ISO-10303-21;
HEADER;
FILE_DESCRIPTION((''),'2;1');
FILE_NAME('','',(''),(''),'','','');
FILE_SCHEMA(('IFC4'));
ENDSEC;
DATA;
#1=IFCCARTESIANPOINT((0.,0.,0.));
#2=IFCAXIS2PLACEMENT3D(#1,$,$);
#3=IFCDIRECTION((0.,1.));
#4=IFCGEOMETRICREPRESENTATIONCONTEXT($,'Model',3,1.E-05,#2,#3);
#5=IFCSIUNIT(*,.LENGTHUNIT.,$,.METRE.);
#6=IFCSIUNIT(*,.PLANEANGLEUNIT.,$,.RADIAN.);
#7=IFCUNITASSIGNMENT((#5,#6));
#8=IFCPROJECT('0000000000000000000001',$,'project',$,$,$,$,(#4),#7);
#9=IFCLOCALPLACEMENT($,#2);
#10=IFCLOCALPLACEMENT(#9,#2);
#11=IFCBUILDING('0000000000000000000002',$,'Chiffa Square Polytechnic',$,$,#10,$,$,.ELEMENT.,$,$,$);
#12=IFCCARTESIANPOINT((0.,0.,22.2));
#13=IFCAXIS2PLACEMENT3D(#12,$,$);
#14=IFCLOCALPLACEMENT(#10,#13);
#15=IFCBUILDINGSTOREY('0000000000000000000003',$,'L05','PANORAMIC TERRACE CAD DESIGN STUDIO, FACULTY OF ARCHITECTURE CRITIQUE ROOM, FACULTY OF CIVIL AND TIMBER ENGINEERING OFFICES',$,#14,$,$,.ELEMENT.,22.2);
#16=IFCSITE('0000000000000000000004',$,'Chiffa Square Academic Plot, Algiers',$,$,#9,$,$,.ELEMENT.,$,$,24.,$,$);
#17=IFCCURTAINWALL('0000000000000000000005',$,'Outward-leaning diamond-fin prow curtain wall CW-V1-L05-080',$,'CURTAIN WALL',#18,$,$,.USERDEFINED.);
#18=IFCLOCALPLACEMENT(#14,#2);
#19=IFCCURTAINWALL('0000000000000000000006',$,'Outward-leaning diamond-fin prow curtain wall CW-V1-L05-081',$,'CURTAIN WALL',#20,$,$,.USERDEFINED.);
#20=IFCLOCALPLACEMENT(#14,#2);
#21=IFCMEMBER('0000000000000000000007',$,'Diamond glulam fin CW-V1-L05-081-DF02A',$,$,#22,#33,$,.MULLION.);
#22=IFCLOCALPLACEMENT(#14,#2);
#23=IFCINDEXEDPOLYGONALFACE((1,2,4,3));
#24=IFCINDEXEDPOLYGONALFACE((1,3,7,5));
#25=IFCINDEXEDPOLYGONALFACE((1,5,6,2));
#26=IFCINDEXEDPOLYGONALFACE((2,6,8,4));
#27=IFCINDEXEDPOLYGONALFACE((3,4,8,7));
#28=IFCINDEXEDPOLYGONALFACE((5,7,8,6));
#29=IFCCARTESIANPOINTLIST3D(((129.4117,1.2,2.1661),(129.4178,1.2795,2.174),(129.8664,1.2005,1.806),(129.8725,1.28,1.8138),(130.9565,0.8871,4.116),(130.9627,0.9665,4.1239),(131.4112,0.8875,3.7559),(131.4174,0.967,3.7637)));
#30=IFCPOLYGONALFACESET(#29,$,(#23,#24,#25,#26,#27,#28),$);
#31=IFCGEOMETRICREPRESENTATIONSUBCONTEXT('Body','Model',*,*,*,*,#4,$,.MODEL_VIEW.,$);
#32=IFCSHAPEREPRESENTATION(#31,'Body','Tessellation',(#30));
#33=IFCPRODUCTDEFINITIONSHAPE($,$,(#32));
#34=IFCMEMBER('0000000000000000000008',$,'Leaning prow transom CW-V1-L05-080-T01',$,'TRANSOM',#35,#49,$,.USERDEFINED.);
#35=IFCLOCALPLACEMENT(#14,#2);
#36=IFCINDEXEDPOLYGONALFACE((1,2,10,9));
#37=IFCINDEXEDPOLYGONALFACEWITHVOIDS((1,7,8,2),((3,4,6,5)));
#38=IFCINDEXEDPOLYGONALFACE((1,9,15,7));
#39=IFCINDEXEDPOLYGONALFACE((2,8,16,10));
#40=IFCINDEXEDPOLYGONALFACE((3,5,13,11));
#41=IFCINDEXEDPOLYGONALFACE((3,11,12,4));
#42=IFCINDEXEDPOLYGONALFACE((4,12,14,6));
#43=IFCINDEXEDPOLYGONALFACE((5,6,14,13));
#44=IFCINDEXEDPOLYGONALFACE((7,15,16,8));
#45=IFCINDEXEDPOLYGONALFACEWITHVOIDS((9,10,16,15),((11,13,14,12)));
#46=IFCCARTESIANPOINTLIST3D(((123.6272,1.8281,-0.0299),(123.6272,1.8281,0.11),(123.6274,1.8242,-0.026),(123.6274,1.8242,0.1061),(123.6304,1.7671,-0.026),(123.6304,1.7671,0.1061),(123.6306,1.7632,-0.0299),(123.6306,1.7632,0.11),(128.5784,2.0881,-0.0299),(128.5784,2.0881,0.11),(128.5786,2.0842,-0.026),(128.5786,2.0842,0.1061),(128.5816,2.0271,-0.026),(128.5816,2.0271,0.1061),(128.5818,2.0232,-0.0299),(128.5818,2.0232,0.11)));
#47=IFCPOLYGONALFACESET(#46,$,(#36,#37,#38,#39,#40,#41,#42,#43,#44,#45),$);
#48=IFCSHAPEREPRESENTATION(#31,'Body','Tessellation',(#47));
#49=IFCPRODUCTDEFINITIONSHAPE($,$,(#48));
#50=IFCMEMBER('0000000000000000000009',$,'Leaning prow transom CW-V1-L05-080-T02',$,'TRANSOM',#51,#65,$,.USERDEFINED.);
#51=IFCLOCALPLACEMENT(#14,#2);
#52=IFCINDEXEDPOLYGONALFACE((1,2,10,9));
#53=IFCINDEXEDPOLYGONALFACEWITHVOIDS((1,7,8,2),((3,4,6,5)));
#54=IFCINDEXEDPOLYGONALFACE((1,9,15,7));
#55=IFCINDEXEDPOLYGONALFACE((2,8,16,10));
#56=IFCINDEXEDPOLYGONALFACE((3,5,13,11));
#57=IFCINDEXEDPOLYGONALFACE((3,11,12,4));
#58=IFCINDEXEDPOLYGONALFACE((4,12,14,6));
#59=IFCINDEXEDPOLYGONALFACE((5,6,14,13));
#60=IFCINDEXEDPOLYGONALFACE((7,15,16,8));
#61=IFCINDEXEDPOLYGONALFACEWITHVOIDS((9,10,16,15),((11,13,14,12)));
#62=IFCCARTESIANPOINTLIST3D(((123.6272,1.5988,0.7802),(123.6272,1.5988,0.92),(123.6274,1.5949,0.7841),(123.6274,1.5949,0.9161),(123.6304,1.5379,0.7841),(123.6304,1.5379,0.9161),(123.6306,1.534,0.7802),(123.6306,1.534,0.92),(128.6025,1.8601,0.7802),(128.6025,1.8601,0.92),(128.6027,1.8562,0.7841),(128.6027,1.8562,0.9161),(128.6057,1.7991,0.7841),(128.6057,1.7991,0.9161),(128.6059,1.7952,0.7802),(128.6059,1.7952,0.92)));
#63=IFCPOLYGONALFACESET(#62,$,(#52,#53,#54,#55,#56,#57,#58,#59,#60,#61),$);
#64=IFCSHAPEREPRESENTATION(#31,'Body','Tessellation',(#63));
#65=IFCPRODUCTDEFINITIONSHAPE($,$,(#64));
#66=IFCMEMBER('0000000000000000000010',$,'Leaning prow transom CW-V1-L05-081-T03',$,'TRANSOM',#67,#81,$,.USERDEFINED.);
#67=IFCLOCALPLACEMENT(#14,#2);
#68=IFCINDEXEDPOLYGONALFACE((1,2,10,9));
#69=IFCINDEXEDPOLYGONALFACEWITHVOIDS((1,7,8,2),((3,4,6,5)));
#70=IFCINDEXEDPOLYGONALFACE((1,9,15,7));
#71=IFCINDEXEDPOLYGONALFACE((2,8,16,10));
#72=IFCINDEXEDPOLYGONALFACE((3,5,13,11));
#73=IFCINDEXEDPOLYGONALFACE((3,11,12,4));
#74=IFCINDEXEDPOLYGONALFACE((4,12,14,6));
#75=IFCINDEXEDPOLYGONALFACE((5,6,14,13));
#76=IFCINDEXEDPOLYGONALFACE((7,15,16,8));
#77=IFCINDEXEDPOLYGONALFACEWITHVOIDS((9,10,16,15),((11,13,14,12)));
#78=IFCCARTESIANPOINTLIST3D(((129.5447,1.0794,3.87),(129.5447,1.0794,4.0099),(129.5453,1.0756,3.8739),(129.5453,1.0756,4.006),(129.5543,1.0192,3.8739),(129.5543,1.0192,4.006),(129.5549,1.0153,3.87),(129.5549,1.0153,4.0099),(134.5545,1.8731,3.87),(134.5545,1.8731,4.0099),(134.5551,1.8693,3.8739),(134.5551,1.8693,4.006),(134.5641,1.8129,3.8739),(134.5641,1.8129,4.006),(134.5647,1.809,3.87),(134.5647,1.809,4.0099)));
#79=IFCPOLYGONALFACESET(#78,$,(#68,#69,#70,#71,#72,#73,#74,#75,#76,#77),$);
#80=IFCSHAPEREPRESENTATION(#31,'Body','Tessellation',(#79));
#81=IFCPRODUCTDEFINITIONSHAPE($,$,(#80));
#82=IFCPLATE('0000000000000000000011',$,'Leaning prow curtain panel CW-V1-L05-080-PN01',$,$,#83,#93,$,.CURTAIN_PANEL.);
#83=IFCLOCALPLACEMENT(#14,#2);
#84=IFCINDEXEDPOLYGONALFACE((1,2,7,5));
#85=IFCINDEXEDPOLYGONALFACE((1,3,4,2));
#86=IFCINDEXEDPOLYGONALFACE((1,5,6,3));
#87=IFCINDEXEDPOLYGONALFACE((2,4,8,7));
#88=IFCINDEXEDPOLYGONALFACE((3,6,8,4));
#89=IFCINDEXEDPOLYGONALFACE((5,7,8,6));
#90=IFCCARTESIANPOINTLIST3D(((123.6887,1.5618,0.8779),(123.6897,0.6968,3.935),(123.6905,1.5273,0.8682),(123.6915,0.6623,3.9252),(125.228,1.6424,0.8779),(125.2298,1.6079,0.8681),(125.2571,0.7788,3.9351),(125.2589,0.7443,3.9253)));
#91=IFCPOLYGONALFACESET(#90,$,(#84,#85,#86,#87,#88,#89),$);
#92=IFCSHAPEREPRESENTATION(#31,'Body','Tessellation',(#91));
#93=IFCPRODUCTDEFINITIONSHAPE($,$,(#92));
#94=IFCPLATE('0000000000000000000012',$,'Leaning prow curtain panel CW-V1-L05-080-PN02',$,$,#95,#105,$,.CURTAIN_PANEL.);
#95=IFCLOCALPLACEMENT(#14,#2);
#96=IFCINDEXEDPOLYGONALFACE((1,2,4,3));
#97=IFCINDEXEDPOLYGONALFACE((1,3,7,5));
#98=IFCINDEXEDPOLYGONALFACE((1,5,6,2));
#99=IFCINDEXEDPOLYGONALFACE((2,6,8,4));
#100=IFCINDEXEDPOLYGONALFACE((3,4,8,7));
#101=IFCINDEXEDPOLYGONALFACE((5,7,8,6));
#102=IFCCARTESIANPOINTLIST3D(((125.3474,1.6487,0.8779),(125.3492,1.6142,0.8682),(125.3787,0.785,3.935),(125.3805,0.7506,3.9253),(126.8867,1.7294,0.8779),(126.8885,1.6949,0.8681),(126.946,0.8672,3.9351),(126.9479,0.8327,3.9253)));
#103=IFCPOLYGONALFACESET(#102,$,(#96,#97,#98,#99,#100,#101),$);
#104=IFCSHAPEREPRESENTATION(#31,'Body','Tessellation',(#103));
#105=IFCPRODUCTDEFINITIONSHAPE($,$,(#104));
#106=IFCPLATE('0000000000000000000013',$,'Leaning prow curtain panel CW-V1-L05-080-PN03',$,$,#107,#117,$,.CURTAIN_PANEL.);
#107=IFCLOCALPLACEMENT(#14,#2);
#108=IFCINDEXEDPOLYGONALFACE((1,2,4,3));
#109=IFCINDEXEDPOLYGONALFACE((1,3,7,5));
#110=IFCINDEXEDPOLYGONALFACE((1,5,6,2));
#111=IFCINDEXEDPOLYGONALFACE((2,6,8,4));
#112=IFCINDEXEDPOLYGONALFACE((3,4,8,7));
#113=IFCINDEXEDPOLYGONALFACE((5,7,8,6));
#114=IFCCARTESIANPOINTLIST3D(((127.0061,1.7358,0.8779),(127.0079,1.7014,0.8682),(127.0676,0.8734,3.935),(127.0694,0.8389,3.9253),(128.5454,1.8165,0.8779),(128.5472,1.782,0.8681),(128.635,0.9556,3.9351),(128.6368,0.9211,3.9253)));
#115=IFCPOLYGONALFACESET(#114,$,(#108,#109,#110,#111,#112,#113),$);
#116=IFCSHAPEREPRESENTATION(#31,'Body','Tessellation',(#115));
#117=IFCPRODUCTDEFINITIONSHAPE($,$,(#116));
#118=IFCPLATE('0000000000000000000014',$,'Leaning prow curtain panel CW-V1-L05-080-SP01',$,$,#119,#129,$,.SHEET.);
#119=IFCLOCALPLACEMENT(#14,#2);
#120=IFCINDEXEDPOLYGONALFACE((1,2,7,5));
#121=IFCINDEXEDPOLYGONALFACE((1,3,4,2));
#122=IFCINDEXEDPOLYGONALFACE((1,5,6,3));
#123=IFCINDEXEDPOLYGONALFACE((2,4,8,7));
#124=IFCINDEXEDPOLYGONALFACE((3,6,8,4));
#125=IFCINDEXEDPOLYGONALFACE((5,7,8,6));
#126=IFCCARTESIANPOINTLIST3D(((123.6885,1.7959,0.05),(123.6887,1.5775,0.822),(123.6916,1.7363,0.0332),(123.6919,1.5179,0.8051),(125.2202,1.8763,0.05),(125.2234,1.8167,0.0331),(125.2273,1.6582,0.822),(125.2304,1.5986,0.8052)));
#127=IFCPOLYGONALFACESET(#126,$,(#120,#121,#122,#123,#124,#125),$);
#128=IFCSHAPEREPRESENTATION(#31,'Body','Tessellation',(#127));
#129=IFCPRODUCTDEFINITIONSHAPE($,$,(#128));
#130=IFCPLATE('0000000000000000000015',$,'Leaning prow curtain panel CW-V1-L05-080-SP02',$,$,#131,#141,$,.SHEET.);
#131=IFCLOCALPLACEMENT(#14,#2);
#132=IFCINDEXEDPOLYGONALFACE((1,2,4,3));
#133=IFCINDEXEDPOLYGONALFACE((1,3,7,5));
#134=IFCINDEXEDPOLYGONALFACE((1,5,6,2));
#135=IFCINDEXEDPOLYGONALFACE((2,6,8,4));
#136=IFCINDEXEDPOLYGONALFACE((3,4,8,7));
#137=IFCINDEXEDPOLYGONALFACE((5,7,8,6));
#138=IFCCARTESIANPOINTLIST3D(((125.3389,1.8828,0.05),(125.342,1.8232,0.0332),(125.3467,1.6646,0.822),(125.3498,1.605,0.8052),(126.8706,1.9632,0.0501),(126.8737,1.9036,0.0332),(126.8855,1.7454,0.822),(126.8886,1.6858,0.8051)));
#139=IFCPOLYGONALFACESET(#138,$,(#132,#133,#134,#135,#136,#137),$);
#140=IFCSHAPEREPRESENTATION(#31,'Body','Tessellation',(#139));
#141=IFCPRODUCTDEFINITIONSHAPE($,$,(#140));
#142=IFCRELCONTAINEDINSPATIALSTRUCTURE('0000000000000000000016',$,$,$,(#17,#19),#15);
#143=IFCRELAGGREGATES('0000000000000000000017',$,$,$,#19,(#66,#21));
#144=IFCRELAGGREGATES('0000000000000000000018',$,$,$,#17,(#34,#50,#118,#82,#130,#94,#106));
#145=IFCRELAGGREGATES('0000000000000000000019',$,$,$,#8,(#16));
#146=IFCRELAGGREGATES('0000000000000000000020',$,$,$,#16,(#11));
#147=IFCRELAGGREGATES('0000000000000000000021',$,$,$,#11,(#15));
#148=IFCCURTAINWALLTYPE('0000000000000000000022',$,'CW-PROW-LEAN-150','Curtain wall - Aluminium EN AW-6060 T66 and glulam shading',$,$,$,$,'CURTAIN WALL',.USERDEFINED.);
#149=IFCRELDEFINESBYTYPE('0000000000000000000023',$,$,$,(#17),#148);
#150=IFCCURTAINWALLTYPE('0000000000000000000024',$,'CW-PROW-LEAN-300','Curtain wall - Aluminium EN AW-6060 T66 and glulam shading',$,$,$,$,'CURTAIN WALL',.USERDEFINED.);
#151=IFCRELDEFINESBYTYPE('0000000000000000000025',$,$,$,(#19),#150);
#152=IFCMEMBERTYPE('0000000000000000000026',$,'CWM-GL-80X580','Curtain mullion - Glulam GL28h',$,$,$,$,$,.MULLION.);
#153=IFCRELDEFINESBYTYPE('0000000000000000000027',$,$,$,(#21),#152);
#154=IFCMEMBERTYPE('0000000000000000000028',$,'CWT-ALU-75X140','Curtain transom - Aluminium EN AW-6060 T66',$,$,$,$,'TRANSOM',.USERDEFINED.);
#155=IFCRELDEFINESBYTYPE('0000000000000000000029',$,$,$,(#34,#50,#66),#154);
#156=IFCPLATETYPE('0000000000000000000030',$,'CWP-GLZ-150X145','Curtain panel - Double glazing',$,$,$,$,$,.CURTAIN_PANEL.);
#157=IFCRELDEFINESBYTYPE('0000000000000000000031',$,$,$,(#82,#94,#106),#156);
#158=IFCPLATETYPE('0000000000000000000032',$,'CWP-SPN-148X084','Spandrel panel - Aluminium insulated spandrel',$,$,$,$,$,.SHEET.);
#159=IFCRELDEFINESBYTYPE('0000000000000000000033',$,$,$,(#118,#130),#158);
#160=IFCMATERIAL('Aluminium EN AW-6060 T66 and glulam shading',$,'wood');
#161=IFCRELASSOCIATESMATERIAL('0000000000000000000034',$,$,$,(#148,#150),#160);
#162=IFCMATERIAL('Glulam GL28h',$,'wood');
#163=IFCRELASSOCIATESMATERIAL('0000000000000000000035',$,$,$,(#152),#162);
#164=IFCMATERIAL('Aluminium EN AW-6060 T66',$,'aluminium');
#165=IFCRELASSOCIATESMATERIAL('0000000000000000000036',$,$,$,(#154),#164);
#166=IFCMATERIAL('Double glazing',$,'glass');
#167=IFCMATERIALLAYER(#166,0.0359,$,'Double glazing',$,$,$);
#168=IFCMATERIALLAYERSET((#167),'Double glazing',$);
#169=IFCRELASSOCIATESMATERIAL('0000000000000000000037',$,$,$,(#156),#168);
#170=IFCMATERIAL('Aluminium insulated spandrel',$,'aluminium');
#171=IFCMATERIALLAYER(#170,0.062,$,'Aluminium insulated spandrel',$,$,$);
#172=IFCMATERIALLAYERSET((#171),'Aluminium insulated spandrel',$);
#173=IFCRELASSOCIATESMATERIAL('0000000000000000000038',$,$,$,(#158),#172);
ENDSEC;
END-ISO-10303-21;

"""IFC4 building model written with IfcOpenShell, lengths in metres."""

from ifc_helpers import new_model, si_unit, direction, frame, origin, origin_2d, place, context, subcontext, project, spatial, polyline, rectangle, hollow_rectangle, outline, extrude, material, layer, layer_set, material_profile, profile_set, type_object, element, aggregate, save


model = new_model("IFC4")

# Units and contexts
model_context = context("Model", 3, precision=1e-05, world=origin(), true_north=direction((0.0, 1.0)))
body_context = subcontext(model_context, "Body", "Model", "MODEL_VIEW")
ifc_project = project(units=[si_unit("LENGTHUNIT", "METRE"), si_unit("PLANEANGLEUNIT", "RADIAN")], contexts=[model_context])

# Site, building, storey
site_placement = place(None, origin())
site = spatial("IfcSite", under=ifc_project, at=site_placement, Name="Chiffa Square Academic Plot, Algiers", CompositionType="ELEMENT", RefElevation=24.0)
building_placement = place(site_placement, origin())
building = spatial("IfcBuilding", under=site, at=building_placement, Name="Chiffa Square Polytechnic", CompositionType="ELEMENT")
storey_placement = place(building_placement, frame((0.0, 0.0, 22.2)))
storey = spatial("IfcBuildingStorey", under=building, at=storey_placement, Name="L05", Description="PANORAMIC TERRACE CAD DESIGN STUDIO, FACULTY OF ARCHITECTURE CRITIQUE ROOM, FACULTY OF CIVIL AND TIMBER ENGINEERING OFFICES", CompositionType="ELEMENT", Elevation=22.2)

# Curtain walls, member
ifc_material_1 = material(Name="Aluminium EN AW-6060 T66 and glulam shading", Category="wood")
curtain_wall_type_1 = type_object("IfcCurtainWallType", Name="CW-PROW-LEAN-150", Description="Curtain wall - Aluminium EN AW-6060 T66 and glulam shading", ElementType="CURTAIN WALL", PredefinedType="USERDEFINED", material=ifc_material_1)
curtain_wall_1_placement = place(storey_placement, origin())
curtain_wall_1 = element("IfcCurtainWall", 1, at=curtain_wall_1_placement, inside=storey, type_object=curtain_wall_type_1, Name="Outward-leaning diamond-fin prow curtain wall CW-V1-L05-080", ObjectType="CURTAIN WALL", PredefinedType="USERDEFINED")
ifc_material_2 = material(Name="Aluminium EN AW-6060 T66", Category="aluminium")
ifc_material_3 = material(Name="Glulam GL28h", Category="wood")
ifc_material_profile_1 = material_profile(ifc_material_3, rectangle(XDim=0.0801, YDim=0.5801, at=origin_2d()), Name="GL28h 80x580")
ifc_profile_set_1 = profile_set([ifc_material_profile_1], Name="Glulam GL28h")
member_type_1 = type_object("IfcMemberType", Name="CWM-GL-80X580", Description="Curtain mullion - Glulam GL28h", PredefinedType="MULLION", material=ifc_profile_set_1)
curtain_wall_type_2 = type_object("IfcCurtainWallType", Name="CW-PROW-LEAN-300", Description="Curtain wall - Aluminium EN AW-6060 T66 and glulam shading", ElementType="CURTAIN WALL", PredefinedType="USERDEFINED", material=ifc_material_1)
curtain_wall_2_placement = place(storey_placement, origin())
curtain_wall_2 = element("IfcCurtainWall", 2, at=curtain_wall_2_placement, inside=storey, type_object=curtain_wall_type_2, Name="Outward-leaning diamond-fin prow curtain wall CW-V1-L05-081", ObjectType="CURTAIN WALL", PredefinedType="USERDEFINED")
member_1_placement = place(storey_placement, frame((129.6421, 1.24, 1.99), z_axis=(0.616145, -0.124826, 0.777679), x_axis=(0.07688, 0.992178, 0.098344)))
member_1 = element("IfcMember", 3, at=member_1_placement, type_object=member_type_1, Name="Diamond glulam fin CW-V1-L05-081-DF02A", PredefinedType="MULLION", context=body_context, shape_type="SweptSolid", body=[
    extrude(rectangle(XDim=0.0801, YDim=0.5801, at=origin_2d()), origin(), (0.0, 0.0, 1.0), 2.5073),
])

# Members
ifc_material_profile_2 = material_profile(ifc_material_2, hollow_rectangle(XDim=0.0649, YDim=0.1399, WallThickness=0.0039, at=origin_2d()), Name="ALU 65x140x4")
ifc_profile_set_2 = profile_set([ifc_material_profile_2], Name="Aluminium EN AW-6060 T66")
member_type_2 = type_object("IfcMemberType", Name="CWT-ALU-75X140", Description="Curtain transom - Aluminium EN AW-6060 T66", ElementType="TRANSOM", PredefinedType="USERDEFINED", material=ifc_profile_set_2)
member_2_placement = place(storey_placement, frame((123.6289, 1.7957, 0.04), z_axis=(0.998624, 0.052443, 0.0), x_axis=(-0.052443, 0.998624, 0.0)))
member_2 = element("IfcMember", 4, at=member_2_placement, type_object=member_type_2, Name="Leaning prow transom CW-V1-L05-080-T01", ObjectType="TRANSOM", PredefinedType="USERDEFINED", context=body_context, shape_type="SweptSolid", body=[
    extrude(hollow_rectangle(XDim=0.0649, YDim=0.1399, WallThickness=0.0039, at=origin_2d()), origin(), (0.0, 0.0, 1.0), 4.958),
])
member_3_placement = place(storey_placement, frame((123.6289, 1.5664, 0.8501), z_axis=(0.998624, 0.052433, 0.0), x_axis=(-0.052433, 0.998624, 0.0)))
member_3 = element("IfcMember", 5, at=member_3_placement, type_object=member_type_2, Name="Leaning prow transom CW-V1-L05-080-T02", ObjectType="TRANSOM", PredefinedType="USERDEFINED", context=body_context, shape_type="SweptSolid", body=[
    extrude(hollow_rectangle(XDim=0.0649, YDim=0.1399, WallThickness=0.0039, at=origin_2d()), origin(), (0.0, 0.0, 1.0), 4.9822),
])
member_4_placement = place(storey_placement, frame((129.5498, 1.0474, 3.9399), z_axis=(0.987681, 0.156479, 0.0), x_axis=(-0.156479, 0.987681, 0.0)))
member_4 = element("IfcMember", 6, at=member_4_placement, type_object=member_type_2, Name="Leaning prow transom CW-V1-L05-081-T03", ObjectType="TRANSOM", PredefinedType="USERDEFINED", context=body_context, shape_type="SweptSolid", body=[
    extrude(hollow_rectangle(XDim=0.0649, YDim=0.1399, WallThickness=0.0039, at=origin_2d()), origin(), (0.0, 0.0, 1.0), 5.0723),
])
aggregate(curtain_wall_2, [member_4, member_1])

# Plates
ifc_material_4 = material(Name="Double glazing", Category="glass")
ifc_layer_1 = layer(ifc_material_4, 0.0359, Name="Double glazing")
ifc_layer_set_1 = layer_set([ifc_layer_1], Name="Double glazing")
plate_type_1 = type_object("IfcPlateType", Name="CWP-GLZ-150X145", Description="Curtain panel - Double glazing", PredefinedType="CURTAIN_PANEL", material=ifc_layer_set_1)
plate_1_placement = place(storey_placement, frame((123.6887, 1.5618, 0.8779), z_axis=(-0.050297, 0.961003, 0.271925), x_axis=(0.998633, 0.052278, -0.000042)))
plate_1 = element("IfcPlate", 7, at=plate_1_placement, type_object=plate_type_1, Name="Leaning prow curtain panel CW-V1-L05-080-PN01", PredefinedType="CURTAIN_PANEL", context=body_context, shape_type="SweptSolid", body=[
    extrude(outline(polyline([(0.0, 0.0), (1.5414, 0.0), (1.5252, -3.1769), (-0.0444, -3.1768), (0.0, 0.0)])), origin(), (0.0, 0.0, -1.0), 0.0359),
])
plate_2_placement = place(storey_placement, frame((125.3474, 1.6487, 0.8779), z_axis=(-0.050371, 0.960979, 0.271995), x_axis=(0.998629, 0.052351, -0.000021)))
plate_2 = element("IfcPlate", 8, at=plate_2_placement, type_object=plate_type_1, Name="Leaning prow curtain panel CW-V1-L05-080-PN02", PredefinedType="CURTAIN_PANEL", context=body_context, shape_type="SweptSolid", body=[
    extrude(outline(polyline([(0.0, 0.0), (1.5414, 0.0), (1.5555, -3.1769), (-0.0141, -3.1769), (0.0, 0.0)])), origin(), (0.0, 0.0, -1.0), 0.0359),
])
plate_3_placement = place(storey_placement, frame((127.0061, 1.7358, 0.8779), z_axis=(-0.05037, 0.960949, 0.272102), x_axis=(0.998629, 0.052351, -0.000021)))
plate_3 = element("IfcPlate", 9, at=plate_3_placement, type_object=plate_type_1, Name="Leaning prow curtain panel CW-V1-L05-080-PN03", PredefinedType="CURTAIN_PANEL", context=body_context, shape_type="SweptSolid", body=[
    extrude(outline(polyline([(0.0, 0.0), (1.5414, 0.0), (1.5858, -3.177), (0.0162, -3.177), (0.0, 0.0)])), origin(), (0.0, 0.0, -1.0), 0.0359),
])
ifc_material_5 = material(Name="Aluminium insulated spandrel", Category="aluminium")
ifc_layer_2 = layer(ifc_material_5, 0.062, Name="Aluminium insulated spandrel")
ifc_layer_set_2 = layer_set([ifc_layer_2], Name="Aluminium insulated spandrel")
plate_type_2 = type_object("IfcPlateType", Name="CWP-SPN-148X084", Description="Spandrel panel - Aluminium insulated spandrel", PredefinedType="SHEET", material=ifc_layer_set_2)
plate_4_placement = place(storey_placement, frame((123.6885, 1.7959, 0.05), z_axis=(-0.050434, 0.960991, 0.271943), x_axis=(0.998625, 0.052417, -0.000031)))
plate_4 = element("IfcPlate", 10, at=plate_4_placement, type_object=plate_type_2, Name="Leaning prow curtain panel CW-V1-L05-080-SP01", PredefinedType="SHEET", context=body_context, shape_type="SweptSolid", body=[
    extrude(outline(polyline([(0.0, 0.0), (1.5339, 0.0), (1.5295, -0.8023), (-0.0112, -0.8022), (0.0, 0.0)])), origin(), (0.0, 0.0, -1.0), 0.062),
])
plate_5_placement = place(storey_placement, frame((125.3389, 1.8828, 0.05), z_axis=(-0.050427, 0.960939, 0.272126), x_axis=(0.998626, 0.052402, 0.00001)))
plate_5 = element("IfcPlate", 11, at=plate_5_placement, type_object=plate_type_2, Name="Leaning prow curtain panel CW-V1-L05-080-SP02", PredefinedType="SHEET", context=body_context, shape_type="SweptSolid", body=[
    extrude(outline(polyline([(0.0, 0.0), (1.5338, 0.0), (1.5373, -0.8022), (-0.0036, -0.8023), (0.0, 0.0)])), origin(), (0.0, 0.0, -1.0), 0.062),
])
aggregate(curtain_wall_1, [member_2, member_3, plate_4, plate_1, plate_5, plate_2, plate_3])

save(model, "model.ifc")
